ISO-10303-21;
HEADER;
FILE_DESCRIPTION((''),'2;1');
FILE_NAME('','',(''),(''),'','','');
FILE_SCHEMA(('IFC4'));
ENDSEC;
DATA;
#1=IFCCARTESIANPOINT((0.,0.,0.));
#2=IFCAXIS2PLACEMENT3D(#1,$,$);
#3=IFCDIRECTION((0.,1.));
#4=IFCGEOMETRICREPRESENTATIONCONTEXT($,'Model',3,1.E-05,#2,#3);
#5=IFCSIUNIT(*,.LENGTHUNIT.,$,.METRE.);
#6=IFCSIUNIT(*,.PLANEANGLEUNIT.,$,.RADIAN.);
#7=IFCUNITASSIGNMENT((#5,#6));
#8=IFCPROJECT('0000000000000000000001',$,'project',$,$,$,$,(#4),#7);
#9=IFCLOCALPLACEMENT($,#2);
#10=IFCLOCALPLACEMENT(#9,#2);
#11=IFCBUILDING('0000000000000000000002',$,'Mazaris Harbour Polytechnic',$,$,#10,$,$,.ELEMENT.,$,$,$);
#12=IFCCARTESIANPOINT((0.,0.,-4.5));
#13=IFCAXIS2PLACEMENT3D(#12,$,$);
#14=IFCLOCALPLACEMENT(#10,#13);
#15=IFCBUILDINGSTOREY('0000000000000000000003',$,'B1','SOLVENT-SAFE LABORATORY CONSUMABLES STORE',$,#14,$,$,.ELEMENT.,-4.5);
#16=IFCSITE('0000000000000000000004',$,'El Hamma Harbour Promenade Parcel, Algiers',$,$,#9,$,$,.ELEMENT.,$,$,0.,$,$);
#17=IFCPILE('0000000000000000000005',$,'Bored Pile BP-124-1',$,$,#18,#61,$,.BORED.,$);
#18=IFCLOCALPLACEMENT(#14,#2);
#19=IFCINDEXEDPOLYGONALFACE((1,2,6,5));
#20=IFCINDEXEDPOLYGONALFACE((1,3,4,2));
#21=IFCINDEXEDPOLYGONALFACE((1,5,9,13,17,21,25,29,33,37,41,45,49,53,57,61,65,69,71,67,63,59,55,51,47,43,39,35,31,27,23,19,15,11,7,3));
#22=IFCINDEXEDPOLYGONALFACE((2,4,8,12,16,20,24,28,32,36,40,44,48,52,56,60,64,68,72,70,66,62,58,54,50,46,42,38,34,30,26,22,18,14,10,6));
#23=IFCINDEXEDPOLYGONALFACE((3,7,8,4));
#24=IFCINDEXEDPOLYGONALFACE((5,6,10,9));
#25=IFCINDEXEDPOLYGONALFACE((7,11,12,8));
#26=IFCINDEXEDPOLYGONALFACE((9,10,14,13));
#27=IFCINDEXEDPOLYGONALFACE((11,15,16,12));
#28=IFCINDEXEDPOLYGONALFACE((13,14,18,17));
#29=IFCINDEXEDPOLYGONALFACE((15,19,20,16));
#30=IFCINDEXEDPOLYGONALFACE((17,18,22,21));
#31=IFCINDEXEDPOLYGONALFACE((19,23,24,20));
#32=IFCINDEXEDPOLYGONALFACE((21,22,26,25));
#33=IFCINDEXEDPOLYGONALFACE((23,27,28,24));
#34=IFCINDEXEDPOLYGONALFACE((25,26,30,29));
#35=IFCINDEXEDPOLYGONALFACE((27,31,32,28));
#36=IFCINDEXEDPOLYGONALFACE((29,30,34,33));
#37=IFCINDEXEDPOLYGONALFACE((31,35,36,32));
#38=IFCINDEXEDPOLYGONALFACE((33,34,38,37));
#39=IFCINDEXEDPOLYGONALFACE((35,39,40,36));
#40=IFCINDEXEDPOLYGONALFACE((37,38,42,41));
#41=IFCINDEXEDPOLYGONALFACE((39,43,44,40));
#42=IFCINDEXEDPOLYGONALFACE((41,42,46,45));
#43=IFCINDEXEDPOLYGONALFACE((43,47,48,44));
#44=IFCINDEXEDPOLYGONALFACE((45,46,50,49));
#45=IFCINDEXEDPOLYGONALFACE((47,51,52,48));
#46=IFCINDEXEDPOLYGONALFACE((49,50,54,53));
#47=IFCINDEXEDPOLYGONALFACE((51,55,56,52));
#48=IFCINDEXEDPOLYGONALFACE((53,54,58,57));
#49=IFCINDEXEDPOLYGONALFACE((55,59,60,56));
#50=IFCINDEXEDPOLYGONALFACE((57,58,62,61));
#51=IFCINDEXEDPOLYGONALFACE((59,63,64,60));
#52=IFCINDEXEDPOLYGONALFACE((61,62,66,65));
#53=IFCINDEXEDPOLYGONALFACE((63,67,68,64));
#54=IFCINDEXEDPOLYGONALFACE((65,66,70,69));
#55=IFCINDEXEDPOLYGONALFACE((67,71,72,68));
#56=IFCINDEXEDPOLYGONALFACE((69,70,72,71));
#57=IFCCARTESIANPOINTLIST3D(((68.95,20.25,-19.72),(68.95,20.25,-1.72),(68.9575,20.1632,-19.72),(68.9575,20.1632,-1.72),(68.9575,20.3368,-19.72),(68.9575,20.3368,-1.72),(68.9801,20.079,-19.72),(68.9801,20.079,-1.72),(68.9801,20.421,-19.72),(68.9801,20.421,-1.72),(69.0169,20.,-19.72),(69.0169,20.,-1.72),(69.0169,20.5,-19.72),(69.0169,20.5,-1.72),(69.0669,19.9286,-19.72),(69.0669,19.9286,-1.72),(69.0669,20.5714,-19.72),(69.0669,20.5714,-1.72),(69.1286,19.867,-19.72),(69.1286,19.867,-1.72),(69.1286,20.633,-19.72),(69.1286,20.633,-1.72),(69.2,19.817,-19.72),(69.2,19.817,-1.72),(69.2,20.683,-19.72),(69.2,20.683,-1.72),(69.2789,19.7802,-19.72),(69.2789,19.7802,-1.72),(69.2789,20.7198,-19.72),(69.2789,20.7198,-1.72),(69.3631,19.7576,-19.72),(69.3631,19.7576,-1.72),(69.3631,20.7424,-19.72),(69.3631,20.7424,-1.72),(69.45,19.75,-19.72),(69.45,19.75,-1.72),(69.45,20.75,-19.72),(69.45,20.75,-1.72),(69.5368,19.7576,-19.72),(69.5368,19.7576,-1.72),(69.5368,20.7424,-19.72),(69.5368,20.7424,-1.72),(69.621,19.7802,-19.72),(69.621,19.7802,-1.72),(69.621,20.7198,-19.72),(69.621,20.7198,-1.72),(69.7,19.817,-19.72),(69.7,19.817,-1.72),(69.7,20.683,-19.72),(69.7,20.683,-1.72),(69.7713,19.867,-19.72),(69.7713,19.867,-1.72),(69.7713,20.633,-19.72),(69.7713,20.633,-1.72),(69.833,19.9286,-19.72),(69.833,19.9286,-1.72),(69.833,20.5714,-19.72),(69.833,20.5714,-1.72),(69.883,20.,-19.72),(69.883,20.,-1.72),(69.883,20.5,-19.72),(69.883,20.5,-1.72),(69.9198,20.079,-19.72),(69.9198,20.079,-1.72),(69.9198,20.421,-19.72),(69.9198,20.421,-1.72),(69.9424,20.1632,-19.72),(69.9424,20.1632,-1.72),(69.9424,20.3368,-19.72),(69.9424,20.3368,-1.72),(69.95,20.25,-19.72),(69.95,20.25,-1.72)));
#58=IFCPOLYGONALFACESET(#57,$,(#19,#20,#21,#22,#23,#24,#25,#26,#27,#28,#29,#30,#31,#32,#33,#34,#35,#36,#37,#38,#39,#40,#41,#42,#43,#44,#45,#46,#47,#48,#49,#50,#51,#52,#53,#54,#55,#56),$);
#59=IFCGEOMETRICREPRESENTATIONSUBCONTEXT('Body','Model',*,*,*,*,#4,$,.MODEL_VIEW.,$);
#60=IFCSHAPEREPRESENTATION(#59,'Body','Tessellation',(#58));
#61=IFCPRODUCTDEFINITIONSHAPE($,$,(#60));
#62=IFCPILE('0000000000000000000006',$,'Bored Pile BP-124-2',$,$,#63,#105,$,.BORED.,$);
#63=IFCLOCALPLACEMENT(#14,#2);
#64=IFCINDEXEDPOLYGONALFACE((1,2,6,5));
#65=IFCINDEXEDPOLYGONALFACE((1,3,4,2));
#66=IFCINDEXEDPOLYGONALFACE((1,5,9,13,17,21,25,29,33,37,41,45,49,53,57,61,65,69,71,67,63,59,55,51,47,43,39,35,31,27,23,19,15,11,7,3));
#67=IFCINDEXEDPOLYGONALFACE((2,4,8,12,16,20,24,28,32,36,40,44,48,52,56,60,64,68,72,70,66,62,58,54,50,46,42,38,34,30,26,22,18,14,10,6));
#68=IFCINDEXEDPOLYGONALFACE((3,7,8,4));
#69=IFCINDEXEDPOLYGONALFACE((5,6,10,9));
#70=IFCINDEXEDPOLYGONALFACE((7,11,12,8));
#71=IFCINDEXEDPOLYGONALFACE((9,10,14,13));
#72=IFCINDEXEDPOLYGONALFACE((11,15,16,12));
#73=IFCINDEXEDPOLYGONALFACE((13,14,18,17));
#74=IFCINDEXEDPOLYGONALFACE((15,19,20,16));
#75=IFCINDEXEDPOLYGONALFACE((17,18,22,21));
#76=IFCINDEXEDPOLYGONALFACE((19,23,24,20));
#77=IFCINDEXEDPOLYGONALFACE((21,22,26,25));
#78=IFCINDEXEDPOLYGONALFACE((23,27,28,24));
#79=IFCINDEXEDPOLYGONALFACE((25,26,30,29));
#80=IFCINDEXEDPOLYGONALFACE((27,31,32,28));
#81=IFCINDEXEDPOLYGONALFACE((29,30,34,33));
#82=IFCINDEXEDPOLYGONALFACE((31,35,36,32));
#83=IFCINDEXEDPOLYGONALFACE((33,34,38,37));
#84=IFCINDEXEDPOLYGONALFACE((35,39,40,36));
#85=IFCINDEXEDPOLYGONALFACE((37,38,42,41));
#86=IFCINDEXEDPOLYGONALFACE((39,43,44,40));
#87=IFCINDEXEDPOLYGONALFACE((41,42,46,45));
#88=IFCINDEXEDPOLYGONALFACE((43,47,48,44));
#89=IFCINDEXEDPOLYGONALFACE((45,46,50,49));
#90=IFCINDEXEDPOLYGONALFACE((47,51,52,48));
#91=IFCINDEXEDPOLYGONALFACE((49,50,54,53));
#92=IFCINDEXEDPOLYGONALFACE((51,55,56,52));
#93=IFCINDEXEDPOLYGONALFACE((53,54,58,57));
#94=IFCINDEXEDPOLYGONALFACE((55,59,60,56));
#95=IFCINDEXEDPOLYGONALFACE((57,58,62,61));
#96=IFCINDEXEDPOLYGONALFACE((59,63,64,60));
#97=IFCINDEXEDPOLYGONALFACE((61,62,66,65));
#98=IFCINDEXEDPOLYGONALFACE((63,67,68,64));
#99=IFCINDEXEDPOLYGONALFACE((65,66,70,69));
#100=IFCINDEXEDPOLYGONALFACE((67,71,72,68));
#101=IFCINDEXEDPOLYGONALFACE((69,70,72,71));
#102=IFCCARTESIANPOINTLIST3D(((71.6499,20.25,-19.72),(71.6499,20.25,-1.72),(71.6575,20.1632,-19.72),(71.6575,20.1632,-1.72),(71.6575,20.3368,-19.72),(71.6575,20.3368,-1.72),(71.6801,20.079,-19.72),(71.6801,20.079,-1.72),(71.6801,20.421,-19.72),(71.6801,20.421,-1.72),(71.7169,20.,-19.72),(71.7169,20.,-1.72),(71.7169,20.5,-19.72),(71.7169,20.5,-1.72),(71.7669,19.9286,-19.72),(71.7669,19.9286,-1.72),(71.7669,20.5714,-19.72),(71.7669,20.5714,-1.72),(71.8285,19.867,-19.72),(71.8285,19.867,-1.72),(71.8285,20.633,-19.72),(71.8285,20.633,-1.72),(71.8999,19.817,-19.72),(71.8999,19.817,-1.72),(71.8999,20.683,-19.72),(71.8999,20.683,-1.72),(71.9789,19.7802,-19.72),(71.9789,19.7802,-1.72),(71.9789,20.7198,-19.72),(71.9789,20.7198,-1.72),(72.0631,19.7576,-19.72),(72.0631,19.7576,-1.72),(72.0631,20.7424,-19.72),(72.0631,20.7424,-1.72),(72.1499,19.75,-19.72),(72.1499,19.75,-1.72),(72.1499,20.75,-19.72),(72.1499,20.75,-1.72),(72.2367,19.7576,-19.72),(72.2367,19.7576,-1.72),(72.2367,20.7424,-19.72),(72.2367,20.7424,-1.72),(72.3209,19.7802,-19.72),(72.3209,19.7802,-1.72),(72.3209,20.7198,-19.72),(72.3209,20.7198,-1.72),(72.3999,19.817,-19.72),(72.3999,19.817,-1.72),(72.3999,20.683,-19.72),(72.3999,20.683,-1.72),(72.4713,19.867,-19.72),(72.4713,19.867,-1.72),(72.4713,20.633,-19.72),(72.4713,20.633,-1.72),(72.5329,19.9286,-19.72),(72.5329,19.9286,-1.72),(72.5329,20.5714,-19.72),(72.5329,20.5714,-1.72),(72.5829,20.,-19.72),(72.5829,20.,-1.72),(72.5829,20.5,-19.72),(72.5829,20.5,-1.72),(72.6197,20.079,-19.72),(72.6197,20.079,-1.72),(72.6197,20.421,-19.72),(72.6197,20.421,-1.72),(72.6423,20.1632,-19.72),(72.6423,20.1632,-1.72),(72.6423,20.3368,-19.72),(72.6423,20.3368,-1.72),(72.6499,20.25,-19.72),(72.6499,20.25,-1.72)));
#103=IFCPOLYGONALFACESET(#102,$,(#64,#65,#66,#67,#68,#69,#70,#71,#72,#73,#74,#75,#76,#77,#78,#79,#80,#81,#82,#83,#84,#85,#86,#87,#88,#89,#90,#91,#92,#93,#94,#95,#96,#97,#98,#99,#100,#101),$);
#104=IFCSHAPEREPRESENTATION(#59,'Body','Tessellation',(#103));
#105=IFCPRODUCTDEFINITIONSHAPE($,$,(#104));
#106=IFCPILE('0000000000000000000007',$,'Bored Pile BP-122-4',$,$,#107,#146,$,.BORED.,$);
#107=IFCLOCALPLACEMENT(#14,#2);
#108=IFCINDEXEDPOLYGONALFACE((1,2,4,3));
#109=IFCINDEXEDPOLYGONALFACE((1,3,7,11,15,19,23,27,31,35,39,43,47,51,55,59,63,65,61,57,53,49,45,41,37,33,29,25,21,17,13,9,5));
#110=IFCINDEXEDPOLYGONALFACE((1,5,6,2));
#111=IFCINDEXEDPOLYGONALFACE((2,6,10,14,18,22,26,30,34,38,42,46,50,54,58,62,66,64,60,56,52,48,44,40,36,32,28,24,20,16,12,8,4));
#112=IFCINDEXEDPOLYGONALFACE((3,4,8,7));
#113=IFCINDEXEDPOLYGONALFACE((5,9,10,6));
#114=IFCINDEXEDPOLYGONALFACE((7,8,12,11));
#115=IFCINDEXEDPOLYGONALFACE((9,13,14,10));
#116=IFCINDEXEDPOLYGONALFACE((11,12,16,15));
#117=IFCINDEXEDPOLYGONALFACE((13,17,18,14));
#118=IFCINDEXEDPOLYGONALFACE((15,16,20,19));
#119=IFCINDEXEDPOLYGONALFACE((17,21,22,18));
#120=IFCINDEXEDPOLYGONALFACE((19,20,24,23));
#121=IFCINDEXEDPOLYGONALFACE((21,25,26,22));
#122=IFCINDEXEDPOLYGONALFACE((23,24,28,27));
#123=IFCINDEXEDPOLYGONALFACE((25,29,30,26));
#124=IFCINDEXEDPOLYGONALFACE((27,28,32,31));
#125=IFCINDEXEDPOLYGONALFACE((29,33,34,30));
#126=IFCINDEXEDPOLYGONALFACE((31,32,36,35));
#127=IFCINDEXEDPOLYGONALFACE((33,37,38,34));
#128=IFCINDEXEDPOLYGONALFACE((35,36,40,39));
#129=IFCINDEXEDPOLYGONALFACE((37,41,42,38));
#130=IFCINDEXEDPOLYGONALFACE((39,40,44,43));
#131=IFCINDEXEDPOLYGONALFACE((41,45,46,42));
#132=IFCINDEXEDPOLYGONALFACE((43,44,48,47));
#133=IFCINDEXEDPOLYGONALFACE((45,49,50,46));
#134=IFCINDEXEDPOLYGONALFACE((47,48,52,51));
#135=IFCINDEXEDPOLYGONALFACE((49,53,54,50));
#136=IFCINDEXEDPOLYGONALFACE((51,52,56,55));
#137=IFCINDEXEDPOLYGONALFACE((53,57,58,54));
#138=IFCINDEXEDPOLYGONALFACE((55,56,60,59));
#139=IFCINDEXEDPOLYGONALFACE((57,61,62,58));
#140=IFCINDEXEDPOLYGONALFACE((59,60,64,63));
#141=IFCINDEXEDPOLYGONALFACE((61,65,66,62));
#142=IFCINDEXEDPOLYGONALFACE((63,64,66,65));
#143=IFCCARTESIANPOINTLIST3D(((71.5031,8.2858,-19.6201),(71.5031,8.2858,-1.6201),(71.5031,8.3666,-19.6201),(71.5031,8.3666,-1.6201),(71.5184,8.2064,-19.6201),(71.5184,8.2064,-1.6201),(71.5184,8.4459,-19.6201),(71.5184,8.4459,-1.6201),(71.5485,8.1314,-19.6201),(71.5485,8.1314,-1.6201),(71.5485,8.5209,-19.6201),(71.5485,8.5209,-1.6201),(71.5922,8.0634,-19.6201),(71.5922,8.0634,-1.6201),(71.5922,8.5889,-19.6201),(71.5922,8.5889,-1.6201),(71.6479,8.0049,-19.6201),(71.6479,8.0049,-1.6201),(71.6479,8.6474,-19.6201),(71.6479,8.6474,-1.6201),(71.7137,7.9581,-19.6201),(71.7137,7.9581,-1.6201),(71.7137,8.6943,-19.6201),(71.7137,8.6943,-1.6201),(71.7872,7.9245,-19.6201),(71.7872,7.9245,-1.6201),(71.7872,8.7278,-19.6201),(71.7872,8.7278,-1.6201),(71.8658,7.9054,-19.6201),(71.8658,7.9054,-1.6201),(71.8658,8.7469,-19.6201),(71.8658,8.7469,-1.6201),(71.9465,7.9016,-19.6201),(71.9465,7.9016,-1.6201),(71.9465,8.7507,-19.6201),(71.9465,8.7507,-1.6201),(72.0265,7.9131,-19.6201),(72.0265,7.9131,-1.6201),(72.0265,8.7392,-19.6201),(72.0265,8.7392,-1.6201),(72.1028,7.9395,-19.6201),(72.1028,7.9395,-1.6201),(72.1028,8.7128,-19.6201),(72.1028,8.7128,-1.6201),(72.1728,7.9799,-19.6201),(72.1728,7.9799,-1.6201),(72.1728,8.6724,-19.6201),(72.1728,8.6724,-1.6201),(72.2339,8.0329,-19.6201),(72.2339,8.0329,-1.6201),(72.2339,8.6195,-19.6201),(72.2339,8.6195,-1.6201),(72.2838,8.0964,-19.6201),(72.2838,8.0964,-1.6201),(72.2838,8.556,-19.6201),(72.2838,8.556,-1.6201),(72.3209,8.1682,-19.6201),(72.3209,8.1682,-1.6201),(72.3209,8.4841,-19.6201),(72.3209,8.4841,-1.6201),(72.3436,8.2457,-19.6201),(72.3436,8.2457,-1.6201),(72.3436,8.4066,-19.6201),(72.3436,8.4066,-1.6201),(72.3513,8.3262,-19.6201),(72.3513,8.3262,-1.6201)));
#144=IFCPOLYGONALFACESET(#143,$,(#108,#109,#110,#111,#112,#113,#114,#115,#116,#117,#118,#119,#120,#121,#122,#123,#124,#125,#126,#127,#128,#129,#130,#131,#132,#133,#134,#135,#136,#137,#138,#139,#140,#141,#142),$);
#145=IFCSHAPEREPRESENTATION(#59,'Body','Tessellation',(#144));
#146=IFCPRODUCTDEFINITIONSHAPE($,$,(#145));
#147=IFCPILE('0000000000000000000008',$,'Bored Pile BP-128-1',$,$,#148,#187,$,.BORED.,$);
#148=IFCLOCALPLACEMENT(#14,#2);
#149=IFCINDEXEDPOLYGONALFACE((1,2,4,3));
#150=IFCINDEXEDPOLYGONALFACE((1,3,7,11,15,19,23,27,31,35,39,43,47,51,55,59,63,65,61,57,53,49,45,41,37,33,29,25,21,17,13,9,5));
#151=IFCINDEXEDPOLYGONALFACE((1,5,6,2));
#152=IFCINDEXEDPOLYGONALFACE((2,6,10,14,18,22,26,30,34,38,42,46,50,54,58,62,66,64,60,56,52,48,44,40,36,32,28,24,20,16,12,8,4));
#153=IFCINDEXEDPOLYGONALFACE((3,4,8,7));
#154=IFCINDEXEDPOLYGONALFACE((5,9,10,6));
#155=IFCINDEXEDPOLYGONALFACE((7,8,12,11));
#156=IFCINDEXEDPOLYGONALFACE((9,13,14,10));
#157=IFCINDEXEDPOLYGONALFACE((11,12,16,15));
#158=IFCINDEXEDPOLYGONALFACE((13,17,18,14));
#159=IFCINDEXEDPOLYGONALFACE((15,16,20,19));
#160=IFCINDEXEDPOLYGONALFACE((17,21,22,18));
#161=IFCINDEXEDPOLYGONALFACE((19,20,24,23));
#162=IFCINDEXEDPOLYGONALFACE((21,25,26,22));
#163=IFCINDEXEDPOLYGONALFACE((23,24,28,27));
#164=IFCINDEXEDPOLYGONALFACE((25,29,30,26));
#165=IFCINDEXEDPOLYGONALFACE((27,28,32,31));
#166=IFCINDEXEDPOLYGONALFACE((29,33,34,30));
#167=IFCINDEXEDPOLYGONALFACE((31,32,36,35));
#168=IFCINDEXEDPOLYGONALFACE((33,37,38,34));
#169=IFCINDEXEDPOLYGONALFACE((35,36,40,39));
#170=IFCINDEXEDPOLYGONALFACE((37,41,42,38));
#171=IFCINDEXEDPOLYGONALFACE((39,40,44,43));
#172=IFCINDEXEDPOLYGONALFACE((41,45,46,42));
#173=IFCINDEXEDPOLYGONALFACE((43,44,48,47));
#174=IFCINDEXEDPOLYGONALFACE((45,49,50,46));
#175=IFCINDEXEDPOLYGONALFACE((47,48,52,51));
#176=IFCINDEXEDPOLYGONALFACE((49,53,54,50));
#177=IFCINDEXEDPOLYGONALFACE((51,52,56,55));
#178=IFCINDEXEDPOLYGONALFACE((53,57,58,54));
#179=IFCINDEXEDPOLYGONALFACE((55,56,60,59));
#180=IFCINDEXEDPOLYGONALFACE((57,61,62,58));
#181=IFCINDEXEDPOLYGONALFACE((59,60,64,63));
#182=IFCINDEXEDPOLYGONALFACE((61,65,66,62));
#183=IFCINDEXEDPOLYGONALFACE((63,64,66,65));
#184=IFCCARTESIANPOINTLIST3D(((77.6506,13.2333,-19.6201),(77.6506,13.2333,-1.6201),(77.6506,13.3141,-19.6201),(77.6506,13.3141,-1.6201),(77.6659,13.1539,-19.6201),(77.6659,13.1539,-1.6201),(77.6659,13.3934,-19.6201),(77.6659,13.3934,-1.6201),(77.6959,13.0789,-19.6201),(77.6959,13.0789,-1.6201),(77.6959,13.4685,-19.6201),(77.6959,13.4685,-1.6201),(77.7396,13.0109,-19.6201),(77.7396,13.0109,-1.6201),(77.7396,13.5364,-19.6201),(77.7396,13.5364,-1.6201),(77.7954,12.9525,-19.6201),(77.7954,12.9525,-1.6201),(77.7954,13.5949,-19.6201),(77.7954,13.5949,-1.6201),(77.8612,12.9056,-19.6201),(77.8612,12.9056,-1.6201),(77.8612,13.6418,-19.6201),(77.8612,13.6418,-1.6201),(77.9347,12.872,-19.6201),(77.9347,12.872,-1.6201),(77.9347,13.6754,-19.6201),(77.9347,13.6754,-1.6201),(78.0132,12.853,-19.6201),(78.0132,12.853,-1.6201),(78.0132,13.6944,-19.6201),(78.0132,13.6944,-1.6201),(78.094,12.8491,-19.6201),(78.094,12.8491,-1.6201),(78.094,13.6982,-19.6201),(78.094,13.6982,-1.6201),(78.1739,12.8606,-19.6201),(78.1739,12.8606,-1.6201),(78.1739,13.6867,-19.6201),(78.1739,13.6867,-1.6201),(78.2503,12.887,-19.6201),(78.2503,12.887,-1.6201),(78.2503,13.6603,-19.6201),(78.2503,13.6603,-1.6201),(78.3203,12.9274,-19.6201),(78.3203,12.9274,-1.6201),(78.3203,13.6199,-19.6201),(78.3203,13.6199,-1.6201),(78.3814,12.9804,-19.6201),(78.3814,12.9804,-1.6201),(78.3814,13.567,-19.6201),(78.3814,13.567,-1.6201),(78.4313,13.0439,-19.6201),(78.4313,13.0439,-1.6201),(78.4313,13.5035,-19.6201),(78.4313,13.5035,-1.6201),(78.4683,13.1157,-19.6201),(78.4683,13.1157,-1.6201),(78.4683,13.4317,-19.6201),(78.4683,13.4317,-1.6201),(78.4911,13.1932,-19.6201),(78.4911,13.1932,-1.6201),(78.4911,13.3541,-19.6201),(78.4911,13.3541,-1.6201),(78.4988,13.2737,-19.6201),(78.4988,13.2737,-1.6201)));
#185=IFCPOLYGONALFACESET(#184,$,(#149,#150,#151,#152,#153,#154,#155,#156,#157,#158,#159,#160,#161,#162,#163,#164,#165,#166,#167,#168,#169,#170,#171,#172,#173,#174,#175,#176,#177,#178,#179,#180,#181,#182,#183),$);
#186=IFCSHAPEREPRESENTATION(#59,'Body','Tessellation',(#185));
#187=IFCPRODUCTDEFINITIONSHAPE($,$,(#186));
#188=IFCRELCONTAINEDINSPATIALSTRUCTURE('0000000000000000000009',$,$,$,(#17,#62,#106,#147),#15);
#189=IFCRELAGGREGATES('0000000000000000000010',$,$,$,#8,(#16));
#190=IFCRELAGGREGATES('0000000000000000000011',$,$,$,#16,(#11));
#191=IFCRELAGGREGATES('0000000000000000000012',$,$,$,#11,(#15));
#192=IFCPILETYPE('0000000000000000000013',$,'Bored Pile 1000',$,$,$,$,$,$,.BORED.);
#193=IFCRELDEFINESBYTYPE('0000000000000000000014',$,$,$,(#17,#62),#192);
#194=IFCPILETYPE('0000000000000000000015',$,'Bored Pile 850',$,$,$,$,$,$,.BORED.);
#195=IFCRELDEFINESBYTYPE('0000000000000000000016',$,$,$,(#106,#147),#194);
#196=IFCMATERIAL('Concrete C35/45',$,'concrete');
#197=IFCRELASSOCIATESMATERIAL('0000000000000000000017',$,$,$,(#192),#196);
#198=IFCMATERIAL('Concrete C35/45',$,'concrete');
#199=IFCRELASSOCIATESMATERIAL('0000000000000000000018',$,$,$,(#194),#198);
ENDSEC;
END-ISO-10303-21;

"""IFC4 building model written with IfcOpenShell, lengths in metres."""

from ifc_helpers import new_model, si_unit, direction, frame, origin, origin_2d, place, context, subcontext, project, spatial, circle, extrude, material, material_profile, profile_set, type_object, element, save


model = new_model("IFC4")

# Units and contexts
model_context = context("Model", 3, precision=1e-05, world=origin(), true_north=direction((0.0, 1.0)))
body_context = subcontext(model_context, "Body", "Model", "MODEL_VIEW")
ifc_project = project(units=[si_unit("LENGTHUNIT", "METRE"), si_unit("PLANEANGLEUNIT", "RADIAN")], contexts=[model_context])

# Site, building, storey
site_placement = place(None, origin())
site = spatial("IfcSite", under=ifc_project, at=site_placement, Name="El Hamma Harbour Promenade Parcel, Algiers", CompositionType="ELEMENT", RefElevation=0.0)
building_placement = place(site_placement, origin())
building = spatial("IfcBuilding", under=site, at=building_placement, Name="Mazaris Harbour Polytechnic", CompositionType="ELEMENT")
storey_placement = place(building_placement, frame((0.0, 0.0, -4.5)))
storey = spatial("IfcBuildingStorey", under=building, at=storey_placement, Name="B1", Description="SOLVENT-SAFE LABORATORY CONSUMABLES STORE", CompositionType="ELEMENT", Elevation=-4.5)

# Piles
ifc_material_1 = material(Name="Concrete C35/45", Category="concrete")
ifc_material_profile_1 = material_profile(ifc_material_1, circle(Radius=0.5, at=origin_2d()), Name="DIA1000")
ifc_profile_set_1 = profile_set([ifc_material_profile_1], Name="Concrete C35/45")
pile_type_1 = type_object("IfcPileType", Name="Bored Pile 1000", PredefinedType="BORED", material=ifc_profile_set_1)
for number, where, z_axis, x_axis, name in (
    (1, (69.45, 20.25, -1.72), (0.0, 0.0, -1.0), (1.0, 0.0, 0.0), "Bored Pile BP-124-1"),
    (2, (72.1499, 20.25, -1.72), (0.0, 0.0, -1.0), (1.0, 0.0, 0.0), "Bored Pile BP-124-2"),
):
    element("IfcPile", number, at=place(storey_placement, frame(where, z_axis=z_axis, x_axis=x_axis)), inside=storey, type_object=pile_type_1, Name=name, PredefinedType="BORED", context=body_context, shape_type="SweptSolid", body=[
        extrude(circle(Radius=0.5, at=origin_2d()), origin(), (0.0, 0.0, 1.0), 18.0),
    ])
ifc_material_2 = material(Name="Concrete C35/45", Category="concrete")
ifc_material_profile_2 = material_profile(ifc_material_2, circle(Radius=0.425, at=origin_2d()), Name="DIA850")
ifc_profile_set_2 = profile_set([ifc_material_profile_2], Name="Concrete C35/45")
pile_type_2 = type_object("IfcPileType", Name="Bored Pile 850", PredefinedType="BORED", material=ifc_profile_set_2)
for number, where, z_axis, x_axis, name in (
    (3, (71.9263, 8.3262, -1.6201), (0.0, 0.0, -1.0), (1.0, 0.0, 0.0), "Bored Pile BP-122-4"),
    (4, (78.0737, 13.2737, -1.6201), (0.0, 0.0, -1.0), (1.0, 0.0, 0.0), "Bored Pile BP-128-1"),
):
    element("IfcPile", number, at=place(storey_placement, frame(where, z_axis=z_axis, x_axis=x_axis)), inside=storey, type_object=pile_type_2, Name=name, PredefinedType="BORED", context=body_context, shape_type="SweptSolid", body=[
        extrude(circle(Radius=0.425, at=origin_2d()), origin(), (0.0, 0.0, 1.0), 18.0),
    ])

save(model, "model.ifc")
